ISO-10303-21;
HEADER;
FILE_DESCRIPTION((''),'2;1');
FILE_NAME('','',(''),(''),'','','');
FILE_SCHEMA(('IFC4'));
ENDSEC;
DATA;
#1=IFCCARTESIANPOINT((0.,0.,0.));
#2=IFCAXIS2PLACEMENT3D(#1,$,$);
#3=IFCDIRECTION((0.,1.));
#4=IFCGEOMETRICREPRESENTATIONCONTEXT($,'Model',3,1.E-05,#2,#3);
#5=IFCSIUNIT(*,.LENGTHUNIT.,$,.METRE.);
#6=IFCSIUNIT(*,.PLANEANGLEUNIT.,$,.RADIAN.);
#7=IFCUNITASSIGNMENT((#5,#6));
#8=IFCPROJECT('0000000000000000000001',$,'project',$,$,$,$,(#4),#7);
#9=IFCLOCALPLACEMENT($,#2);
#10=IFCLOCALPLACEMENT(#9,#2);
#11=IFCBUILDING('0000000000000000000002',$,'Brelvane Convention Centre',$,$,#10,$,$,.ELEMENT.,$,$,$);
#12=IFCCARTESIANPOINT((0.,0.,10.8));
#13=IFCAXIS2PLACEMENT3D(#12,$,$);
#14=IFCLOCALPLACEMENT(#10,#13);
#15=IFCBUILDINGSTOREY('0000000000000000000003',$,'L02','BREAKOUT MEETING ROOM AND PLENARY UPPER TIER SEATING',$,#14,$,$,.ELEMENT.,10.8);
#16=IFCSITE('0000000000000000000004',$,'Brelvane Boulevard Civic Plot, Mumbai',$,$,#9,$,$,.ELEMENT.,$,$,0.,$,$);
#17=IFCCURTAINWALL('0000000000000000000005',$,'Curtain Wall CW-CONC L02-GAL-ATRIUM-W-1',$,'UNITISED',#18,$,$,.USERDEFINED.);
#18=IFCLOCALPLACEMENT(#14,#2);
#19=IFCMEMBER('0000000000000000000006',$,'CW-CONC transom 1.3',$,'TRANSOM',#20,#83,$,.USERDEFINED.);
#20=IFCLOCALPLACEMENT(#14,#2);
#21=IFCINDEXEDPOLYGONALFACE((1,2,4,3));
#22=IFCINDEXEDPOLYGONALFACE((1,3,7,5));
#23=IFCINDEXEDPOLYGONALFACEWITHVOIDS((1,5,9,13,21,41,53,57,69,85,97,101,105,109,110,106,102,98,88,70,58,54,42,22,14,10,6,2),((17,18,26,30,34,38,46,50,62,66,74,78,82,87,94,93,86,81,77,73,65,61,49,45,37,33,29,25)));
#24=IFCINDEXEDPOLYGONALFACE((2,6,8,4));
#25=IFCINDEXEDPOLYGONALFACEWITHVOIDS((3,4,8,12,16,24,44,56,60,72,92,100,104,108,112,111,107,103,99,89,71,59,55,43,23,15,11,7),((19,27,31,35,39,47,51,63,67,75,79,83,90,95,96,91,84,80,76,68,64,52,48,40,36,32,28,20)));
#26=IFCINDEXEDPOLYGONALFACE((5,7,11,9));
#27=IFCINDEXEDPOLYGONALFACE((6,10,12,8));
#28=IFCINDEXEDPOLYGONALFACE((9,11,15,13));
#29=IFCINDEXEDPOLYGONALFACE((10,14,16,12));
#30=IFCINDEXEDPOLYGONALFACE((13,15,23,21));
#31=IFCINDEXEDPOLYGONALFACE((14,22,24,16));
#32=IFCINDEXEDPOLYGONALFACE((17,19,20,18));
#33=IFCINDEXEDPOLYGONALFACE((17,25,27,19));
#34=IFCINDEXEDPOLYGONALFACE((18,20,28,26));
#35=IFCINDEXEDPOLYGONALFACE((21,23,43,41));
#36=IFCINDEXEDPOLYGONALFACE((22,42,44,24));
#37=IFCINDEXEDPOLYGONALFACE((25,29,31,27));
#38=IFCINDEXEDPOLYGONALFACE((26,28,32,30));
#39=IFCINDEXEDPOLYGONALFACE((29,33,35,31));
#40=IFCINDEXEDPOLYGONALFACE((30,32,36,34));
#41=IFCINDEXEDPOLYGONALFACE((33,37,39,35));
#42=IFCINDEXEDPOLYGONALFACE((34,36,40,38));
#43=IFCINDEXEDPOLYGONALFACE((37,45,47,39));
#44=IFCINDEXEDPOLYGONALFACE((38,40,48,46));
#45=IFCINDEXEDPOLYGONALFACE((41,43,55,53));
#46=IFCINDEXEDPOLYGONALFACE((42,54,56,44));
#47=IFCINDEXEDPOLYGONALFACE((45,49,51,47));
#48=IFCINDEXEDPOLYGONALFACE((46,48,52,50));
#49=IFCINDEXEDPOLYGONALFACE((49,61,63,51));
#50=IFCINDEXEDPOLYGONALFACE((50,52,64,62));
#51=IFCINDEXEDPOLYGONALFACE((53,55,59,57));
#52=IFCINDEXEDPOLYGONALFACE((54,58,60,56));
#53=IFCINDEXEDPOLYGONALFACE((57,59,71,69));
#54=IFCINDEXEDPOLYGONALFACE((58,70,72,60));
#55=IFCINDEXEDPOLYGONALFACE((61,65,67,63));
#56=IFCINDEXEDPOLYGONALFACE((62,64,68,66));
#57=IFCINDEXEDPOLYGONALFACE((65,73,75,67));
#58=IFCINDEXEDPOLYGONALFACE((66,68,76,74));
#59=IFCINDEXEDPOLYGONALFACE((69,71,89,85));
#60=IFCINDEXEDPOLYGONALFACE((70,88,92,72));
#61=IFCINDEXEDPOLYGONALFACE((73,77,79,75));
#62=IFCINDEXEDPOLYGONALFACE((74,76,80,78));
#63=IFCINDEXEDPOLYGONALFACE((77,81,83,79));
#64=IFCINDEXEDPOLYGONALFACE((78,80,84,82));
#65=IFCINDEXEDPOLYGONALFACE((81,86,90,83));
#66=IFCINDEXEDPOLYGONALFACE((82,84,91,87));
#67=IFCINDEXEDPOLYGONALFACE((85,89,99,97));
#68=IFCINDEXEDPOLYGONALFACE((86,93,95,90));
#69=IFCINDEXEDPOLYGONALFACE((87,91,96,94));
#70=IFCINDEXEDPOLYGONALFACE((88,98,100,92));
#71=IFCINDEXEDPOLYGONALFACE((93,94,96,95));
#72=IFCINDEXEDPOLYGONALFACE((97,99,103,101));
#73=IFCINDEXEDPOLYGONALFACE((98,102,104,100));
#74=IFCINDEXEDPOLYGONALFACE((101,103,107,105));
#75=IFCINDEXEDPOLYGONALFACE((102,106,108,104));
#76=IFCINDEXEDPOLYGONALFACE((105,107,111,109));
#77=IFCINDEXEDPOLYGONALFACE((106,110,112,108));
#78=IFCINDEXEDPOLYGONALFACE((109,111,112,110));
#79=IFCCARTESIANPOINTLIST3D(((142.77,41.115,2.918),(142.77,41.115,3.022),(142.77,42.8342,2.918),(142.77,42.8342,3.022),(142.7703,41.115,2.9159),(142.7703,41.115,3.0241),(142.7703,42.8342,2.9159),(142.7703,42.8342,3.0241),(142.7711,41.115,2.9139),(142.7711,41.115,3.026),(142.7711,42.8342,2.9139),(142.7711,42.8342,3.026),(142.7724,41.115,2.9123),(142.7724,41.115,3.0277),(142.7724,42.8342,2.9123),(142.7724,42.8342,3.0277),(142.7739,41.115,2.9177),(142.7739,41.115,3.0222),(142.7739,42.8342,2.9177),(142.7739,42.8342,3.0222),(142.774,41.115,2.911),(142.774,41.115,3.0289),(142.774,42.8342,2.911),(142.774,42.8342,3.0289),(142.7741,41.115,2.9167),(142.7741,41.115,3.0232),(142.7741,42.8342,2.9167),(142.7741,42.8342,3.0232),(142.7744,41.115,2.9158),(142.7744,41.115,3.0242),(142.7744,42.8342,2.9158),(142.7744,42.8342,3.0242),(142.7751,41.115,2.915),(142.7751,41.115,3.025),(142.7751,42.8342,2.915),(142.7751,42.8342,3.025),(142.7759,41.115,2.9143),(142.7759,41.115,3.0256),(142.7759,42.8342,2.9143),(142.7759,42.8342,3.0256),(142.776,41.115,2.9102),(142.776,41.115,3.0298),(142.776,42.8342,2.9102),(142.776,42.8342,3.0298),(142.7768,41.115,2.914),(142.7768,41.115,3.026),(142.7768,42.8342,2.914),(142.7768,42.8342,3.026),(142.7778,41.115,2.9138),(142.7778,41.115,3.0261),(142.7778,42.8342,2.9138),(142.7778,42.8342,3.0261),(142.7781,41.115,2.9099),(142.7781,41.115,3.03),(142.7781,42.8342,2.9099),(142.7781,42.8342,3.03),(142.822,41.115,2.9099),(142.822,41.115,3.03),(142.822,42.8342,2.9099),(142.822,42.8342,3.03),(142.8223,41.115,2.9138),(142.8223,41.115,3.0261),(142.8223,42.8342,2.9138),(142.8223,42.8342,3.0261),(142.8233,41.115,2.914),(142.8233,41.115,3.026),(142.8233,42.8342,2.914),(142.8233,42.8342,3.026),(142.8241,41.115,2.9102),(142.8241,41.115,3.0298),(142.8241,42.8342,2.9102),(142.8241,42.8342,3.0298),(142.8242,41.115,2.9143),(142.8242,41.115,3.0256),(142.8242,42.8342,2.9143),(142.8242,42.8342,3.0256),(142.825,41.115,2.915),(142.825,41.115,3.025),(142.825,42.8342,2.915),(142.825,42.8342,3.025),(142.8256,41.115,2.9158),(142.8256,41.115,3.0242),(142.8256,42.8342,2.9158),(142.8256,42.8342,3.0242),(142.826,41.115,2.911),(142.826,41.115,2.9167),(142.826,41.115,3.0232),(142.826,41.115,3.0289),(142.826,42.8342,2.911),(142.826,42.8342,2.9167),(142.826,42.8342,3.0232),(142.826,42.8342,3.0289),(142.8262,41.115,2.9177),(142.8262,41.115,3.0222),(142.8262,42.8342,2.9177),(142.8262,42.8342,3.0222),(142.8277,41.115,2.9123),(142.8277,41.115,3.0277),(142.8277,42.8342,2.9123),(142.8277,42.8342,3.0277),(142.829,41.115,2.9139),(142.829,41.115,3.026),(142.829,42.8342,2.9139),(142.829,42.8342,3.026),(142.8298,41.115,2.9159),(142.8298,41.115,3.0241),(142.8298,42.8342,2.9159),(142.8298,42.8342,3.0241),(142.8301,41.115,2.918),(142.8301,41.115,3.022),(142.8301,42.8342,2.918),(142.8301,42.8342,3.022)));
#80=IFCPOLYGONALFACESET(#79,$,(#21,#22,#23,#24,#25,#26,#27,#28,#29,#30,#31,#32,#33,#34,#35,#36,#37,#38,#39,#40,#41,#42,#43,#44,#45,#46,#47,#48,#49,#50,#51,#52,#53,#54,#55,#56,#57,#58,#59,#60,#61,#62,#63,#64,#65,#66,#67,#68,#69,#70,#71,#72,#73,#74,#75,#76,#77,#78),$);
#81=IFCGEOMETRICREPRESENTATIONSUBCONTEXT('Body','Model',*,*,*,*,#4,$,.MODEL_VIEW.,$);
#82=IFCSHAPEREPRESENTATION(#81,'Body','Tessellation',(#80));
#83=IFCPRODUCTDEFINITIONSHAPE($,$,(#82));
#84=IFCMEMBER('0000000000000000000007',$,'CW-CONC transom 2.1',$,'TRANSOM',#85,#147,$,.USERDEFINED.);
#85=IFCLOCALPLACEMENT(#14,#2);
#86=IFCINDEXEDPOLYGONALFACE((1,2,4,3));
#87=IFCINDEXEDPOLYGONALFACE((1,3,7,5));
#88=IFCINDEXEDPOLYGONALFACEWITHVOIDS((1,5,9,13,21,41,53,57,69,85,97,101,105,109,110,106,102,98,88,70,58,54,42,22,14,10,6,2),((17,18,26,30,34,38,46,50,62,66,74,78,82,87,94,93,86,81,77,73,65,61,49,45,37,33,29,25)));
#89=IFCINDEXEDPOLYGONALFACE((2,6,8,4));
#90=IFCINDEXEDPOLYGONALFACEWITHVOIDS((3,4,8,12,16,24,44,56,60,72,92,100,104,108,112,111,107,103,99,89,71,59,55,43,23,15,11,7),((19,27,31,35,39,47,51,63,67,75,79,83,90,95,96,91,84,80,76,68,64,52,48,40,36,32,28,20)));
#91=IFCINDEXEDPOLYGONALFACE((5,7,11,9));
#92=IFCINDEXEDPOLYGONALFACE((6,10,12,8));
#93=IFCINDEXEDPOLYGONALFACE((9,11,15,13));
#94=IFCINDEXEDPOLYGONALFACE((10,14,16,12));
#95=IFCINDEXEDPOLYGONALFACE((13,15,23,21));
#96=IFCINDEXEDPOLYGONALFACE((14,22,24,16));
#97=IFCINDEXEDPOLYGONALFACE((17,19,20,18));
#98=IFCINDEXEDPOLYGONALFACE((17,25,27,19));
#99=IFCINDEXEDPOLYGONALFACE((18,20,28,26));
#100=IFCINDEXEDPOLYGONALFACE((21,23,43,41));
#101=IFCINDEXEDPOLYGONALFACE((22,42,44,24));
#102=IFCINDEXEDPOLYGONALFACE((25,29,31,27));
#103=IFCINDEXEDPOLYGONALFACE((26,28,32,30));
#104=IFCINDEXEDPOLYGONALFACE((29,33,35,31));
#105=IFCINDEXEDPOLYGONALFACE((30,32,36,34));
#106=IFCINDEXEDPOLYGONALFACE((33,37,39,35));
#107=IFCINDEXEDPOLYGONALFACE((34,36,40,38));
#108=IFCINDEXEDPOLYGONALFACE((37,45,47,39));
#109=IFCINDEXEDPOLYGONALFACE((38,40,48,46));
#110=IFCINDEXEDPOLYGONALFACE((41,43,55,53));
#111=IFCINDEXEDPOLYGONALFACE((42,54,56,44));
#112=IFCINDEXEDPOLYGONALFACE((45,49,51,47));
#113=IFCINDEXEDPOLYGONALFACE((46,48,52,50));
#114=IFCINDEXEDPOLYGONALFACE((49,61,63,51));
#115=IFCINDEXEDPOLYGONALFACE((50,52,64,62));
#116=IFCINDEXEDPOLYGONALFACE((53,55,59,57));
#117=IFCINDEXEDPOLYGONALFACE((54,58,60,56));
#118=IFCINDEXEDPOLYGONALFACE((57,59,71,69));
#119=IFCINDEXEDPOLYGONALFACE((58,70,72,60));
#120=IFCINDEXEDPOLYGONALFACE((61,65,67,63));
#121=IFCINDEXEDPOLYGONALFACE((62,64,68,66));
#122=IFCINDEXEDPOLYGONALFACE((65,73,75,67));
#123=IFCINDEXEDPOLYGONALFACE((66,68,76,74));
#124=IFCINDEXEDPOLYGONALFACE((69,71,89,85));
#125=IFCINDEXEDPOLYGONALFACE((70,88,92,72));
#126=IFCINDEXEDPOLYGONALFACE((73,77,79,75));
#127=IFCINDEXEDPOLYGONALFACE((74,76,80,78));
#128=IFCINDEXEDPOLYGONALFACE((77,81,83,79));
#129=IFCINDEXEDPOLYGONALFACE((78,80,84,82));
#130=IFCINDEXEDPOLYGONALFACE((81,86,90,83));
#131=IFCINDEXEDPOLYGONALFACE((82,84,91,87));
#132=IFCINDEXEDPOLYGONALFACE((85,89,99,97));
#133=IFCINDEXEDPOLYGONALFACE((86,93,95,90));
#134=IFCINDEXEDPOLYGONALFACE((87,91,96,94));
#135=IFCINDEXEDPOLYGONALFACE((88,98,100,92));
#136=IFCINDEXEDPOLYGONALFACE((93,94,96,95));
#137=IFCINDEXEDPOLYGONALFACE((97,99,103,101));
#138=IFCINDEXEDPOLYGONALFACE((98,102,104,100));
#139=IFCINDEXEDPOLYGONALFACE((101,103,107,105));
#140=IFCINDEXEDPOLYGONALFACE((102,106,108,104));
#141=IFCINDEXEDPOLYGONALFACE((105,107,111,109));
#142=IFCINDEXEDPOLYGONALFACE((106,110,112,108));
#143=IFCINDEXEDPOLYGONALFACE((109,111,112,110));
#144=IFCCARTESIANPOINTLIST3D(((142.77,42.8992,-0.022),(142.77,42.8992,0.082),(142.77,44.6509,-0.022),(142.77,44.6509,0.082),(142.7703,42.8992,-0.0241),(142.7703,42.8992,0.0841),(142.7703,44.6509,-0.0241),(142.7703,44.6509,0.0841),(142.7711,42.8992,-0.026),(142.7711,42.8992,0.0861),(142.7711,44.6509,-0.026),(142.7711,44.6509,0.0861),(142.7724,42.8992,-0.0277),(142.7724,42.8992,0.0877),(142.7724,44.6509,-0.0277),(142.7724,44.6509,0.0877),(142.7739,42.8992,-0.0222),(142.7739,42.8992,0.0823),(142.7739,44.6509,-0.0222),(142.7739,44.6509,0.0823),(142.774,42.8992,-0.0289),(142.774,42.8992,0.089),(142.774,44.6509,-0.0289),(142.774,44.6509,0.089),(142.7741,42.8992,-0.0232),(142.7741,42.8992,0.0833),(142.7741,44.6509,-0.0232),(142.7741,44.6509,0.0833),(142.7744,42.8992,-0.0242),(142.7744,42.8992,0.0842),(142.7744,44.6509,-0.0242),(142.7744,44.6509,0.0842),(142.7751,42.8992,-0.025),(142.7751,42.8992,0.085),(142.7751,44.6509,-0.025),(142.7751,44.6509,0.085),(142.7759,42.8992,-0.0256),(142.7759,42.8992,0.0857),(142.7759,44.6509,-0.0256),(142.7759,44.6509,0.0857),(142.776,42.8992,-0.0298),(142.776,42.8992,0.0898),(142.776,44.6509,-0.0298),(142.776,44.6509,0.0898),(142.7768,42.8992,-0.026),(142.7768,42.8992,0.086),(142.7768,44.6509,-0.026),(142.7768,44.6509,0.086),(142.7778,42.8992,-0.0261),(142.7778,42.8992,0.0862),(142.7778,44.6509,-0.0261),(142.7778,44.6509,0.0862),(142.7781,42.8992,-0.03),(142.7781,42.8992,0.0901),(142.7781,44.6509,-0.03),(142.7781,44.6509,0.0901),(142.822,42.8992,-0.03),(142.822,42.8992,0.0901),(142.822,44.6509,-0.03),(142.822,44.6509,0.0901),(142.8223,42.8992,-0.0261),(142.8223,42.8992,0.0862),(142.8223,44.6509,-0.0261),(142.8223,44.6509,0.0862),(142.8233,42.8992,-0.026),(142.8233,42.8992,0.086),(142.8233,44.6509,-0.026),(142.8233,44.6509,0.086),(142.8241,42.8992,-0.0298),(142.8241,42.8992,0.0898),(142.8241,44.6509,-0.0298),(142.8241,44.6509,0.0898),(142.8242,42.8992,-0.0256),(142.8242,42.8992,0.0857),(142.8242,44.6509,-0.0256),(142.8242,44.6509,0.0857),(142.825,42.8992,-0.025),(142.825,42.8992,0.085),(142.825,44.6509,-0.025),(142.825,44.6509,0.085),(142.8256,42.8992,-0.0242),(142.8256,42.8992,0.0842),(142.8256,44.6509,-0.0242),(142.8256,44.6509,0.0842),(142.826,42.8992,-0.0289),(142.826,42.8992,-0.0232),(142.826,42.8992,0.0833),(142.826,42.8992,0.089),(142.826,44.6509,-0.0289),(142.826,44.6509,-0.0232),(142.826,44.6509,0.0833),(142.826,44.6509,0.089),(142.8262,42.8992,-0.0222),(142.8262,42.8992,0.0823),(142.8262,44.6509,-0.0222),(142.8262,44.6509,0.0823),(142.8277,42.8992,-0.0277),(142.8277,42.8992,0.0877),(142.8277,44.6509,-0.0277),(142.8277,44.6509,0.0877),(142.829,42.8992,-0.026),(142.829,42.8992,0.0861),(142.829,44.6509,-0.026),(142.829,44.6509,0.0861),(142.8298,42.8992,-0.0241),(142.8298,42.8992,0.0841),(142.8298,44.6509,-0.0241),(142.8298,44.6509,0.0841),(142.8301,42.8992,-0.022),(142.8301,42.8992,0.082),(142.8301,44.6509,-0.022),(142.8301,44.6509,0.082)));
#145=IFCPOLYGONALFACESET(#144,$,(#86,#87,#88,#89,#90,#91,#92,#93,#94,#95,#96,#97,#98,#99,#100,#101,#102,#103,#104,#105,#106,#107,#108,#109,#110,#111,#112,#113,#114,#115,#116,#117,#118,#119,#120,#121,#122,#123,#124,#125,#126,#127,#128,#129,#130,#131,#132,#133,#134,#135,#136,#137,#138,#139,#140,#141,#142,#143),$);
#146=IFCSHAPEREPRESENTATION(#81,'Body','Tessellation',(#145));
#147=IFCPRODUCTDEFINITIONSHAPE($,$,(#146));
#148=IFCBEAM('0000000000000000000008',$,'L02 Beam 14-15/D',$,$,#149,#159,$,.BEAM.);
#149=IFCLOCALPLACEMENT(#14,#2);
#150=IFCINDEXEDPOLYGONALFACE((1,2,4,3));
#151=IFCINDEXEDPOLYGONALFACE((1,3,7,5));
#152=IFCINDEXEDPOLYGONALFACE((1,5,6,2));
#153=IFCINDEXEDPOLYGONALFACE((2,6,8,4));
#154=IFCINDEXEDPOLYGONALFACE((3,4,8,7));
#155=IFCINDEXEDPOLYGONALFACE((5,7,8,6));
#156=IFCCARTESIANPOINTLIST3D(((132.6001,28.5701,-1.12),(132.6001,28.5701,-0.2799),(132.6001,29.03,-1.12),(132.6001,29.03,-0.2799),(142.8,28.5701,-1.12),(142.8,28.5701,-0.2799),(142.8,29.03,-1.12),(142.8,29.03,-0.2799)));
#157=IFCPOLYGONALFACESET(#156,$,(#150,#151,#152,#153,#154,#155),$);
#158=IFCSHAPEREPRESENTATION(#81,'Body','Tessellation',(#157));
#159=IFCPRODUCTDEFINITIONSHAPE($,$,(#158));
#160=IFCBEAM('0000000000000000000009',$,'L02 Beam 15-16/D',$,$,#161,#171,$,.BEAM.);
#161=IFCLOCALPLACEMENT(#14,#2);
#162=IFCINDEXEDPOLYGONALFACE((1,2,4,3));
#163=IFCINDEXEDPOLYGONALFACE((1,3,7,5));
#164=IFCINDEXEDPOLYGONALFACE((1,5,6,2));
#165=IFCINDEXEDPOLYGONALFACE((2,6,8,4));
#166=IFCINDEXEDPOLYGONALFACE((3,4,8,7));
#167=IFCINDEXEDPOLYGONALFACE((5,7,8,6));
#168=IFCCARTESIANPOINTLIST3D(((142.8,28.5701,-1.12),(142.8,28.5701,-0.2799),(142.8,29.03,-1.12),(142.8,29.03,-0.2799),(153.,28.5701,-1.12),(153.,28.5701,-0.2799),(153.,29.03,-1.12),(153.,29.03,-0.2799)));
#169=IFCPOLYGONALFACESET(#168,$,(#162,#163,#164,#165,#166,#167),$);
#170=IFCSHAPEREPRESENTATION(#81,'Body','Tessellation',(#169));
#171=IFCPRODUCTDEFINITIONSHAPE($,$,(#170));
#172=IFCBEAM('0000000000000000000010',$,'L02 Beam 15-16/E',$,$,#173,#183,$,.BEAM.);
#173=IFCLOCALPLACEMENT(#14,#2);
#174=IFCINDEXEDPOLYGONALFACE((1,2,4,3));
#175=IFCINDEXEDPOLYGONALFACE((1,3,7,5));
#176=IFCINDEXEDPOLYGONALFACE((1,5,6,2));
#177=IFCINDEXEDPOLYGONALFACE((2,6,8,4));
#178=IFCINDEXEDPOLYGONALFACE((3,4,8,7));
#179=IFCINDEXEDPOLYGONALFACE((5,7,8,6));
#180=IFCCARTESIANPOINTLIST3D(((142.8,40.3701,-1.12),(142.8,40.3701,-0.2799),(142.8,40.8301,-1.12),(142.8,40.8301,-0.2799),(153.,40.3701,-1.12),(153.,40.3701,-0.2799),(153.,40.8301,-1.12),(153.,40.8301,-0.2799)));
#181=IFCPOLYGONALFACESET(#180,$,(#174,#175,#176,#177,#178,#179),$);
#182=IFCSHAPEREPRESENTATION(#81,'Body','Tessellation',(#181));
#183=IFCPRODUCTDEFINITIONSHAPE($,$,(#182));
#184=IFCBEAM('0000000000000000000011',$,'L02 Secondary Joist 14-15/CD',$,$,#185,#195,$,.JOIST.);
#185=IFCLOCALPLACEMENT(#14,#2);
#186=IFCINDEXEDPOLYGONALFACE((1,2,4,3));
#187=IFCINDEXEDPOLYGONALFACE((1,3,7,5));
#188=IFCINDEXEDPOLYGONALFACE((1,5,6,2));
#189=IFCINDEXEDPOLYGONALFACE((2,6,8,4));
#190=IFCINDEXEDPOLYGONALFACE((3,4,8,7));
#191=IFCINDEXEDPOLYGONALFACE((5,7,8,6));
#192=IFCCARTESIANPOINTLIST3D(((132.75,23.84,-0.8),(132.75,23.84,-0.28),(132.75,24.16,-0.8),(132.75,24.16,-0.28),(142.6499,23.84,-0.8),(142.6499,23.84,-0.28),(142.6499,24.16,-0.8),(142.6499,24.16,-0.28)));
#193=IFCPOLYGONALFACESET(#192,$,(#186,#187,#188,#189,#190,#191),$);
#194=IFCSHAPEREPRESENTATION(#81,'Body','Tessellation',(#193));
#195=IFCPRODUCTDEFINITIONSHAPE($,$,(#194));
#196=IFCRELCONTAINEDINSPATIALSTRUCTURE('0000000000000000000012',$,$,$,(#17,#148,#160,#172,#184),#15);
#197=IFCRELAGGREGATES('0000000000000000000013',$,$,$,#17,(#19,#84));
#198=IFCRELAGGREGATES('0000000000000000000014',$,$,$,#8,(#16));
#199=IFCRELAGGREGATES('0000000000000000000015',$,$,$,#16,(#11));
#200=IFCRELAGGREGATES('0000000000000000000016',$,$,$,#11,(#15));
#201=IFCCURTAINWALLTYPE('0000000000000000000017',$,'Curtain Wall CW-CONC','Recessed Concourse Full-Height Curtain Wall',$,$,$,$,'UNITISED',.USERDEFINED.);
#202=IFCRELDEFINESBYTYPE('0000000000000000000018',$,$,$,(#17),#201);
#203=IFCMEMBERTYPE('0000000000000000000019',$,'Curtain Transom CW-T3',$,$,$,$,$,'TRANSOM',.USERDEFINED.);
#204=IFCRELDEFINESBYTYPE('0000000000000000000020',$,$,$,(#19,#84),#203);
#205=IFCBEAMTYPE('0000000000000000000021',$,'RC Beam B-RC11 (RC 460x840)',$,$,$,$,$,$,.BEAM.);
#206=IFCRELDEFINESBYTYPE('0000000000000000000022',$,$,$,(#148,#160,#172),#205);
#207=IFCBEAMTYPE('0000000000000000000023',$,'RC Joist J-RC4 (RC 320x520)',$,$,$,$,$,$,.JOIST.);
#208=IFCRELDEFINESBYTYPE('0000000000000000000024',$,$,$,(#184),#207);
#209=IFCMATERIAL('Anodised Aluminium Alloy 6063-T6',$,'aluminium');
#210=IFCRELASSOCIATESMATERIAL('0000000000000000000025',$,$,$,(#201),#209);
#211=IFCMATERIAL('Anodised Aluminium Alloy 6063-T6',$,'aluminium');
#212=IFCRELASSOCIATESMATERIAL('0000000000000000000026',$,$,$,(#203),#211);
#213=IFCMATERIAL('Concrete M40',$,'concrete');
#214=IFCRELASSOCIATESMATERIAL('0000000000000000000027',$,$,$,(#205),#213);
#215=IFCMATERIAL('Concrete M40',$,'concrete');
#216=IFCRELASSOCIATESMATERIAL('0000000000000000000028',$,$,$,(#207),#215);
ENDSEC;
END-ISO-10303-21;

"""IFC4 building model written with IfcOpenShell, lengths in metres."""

from ifc_helpers import new_model, si_unit, direction, frame, origin, origin_2d, place, context, subcontext, project, spatial, rectangle, hollow_rectangle, extrude, material, material_profile, profile_set, type_object, element, aggregate, save


model = new_model("IFC4")

# Units and contexts
model_context = context("Model", 3, precision=1e-05, world=origin(), true_north=direction((0.0, 1.0)))
body_context = subcontext(model_context, "Body", "Model", "MODEL_VIEW")
ifc_project = project(units=[si_unit("LENGTHUNIT", "METRE"), si_unit("PLANEANGLEUNIT", "RADIAN")], contexts=[model_context])

# Site, building, storey
site_placement = place(None, origin())
site = spatial("IfcSite", under=ifc_project, at=site_placement, Name="Brelvane Boulevard Civic Plot, Mumbai", CompositionType="ELEMENT", RefElevation=0.0)
building_placement = place(site_placement, origin())
building = spatial("IfcBuilding", under=site, at=building_placement, Name="Brelvane Convention Centre", CompositionType="ELEMENT")
storey_placement = place(building_placement, frame((0.0, 0.0, 10.8)))
storey = spatial("IfcBuildingStorey", under=building, at=storey_placement, Name="L02", Description="BREAKOUT MEETING ROOM AND PLENARY UPPER TIER SEATING", CompositionType="ELEMENT", Elevation=10.8)

# Curtain wall, members
ifc_material_1 = material(Name="Anodised Aluminium Alloy 6063-T6", Category="aluminium")
curtain_wall_type_1 = type_object("IfcCurtainWallType", Name="Curtain Wall CW-CONC", Description="Recessed Concourse Full-Height Curtain Wall", ElementType="UNITISED", PredefinedType="USERDEFINED", material=ifc_material_1)
curtain_wall_1_placement = place(storey_placement, origin())
curtain_wall_1 = element("IfcCurtainWall", 1, at=curtain_wall_1_placement, inside=storey, type_object=curtain_wall_type_1, Name="Curtain Wall CW-CONC L02-GAL-ATRIUM-W-1", ObjectType="UNITISED", PredefinedType="USERDEFINED")
ifc_material_2 = material(Name="Anodised Aluminium Alloy 6063-T6", Category="aluminium")
ifc_material_profile_1 = material_profile(ifc_material_2, hollow_rectangle(XDim=0.0601, YDim=0.1201, WallThickness=0.0039, InnerFilletRadius=0.0039, OuterFilletRadius=0.0081, at=origin_2d()), Name="ALU-T 120x60x4.0")
ifc_profile_set_1 = profile_set([ifc_material_profile_1], Name="Anodised Aluminium Alloy 6063-T6")
member_type_1 = type_object("IfcMemberType", Name="Curtain Transom CW-T3", ElementType="TRANSOM", PredefinedType="USERDEFINED", material=ifc_profile_set_1)
member_1_placement = place(storey_placement, frame((142.8, 41.115, 2.97), z_axis=(0.0, 1.0, 0.0), x_axis=(-1.0, 0.0, 0.0)))
member_1 = element("IfcMember", 2, at=member_1_placement, type_object=member_type_1, Name="CW-CONC transom 1.3", ObjectType="TRANSOM", PredefinedType="USERDEFINED", context=body_context, shape_type="SweptSolid", body=[
    extrude(hollow_rectangle(XDim=0.0601, YDim=0.1201, WallThickness=0.0039, InnerFilletRadius=0.0039, OuterFilletRadius=0.0081, at=origin_2d()), origin(), (0.0, 0.0, 1.0), 1.7192),
])
member_2_placement = place(storey_placement, frame((142.8, 42.8992, 0.03), z_axis=(0.0, 1.0, 0.0), x_axis=(-1.0, 0.0, 0.0)))
member_2 = element("IfcMember", 3, at=member_2_placement, type_object=member_type_1, Name="CW-CONC transom 2.1", ObjectType="TRANSOM", PredefinedType="USERDEFINED", context=body_context, shape_type="SweptSolid", body=[
    extrude(hollow_rectangle(XDim=0.0601, YDim=0.1201, WallThickness=0.0039, InnerFilletRadius=0.0039, OuterFilletRadius=0.0081, at=origin_2d()), origin(), (0.0, 0.0, 1.0), 1.7517),
])

# Beams
ifc_material_3 = material(Name="Concrete M40", Category="concrete")
ifc_material_profile_2 = material_profile(ifc_material_3, rectangle(XDim=0.46, YDim=0.8401, at=origin_2d()), Name="RC 460x840")
ifc_profile_set_2 = profile_set([ifc_material_profile_2], Name="Concrete M40")
beam_type_1 = type_object("IfcBeamType", Name="RC Beam B-RC11 (RC 460x840)", PredefinedType="BEAM", material=ifc_profile_set_2)
for number, where, z_axis, x_axis, name in (
    (4, (132.6001, 28.8, -0.7), (1.0, 0.0, 0.0), (0.0, 1.0, 0.0), "L02 Beam 14-15/D"),
    (5, (142.8, 28.8, -0.7), (1.0, 0.0, 0.0), (0.0, 1.0, 0.0), "L02 Beam 15-16/D"),
    (6, (142.8, 40.6001, -0.7), (1.0, 0.0, 0.0), (0.0, 1.0, 0.0), "L02 Beam 15-16/E"),
):
    element("IfcBeam", number, at=place(storey_placement, frame(where, z_axis=z_axis, x_axis=x_axis)), inside=storey, type_object=beam_type_1, Name=name, PredefinedType="BEAM", context=body_context, shape_type="SweptSolid", body=[
        extrude(rectangle(XDim=0.46, YDim=0.8401, at=origin_2d()), origin(), (0.0, 0.0, 1.0), 10.2),
    ])
ifc_material_4 = material(Name="Concrete M40", Category="concrete")
ifc_material_profile_3 = material_profile(ifc_material_4, rectangle(XDim=0.3201, YDim=0.52, at=origin_2d()), Name="RC 320x520")
ifc_profile_set_3 = profile_set([ifc_material_profile_3], Name="Concrete M40")
beam_type_2 = type_object("IfcBeamType", Name="RC Joist J-RC4 (RC 320x520)", PredefinedType="JOIST", material=ifc_profile_set_3)
beam_1_placement = place(storey_placement, frame((132.75, 24.0, -0.54), z_axis=(1.0, 0.0, 0.0), x_axis=(0.0, 1.0, 0.0)))
element("IfcBeam", 7, at=beam_1_placement, inside=storey, type_object=beam_type_2, Name="L02 Secondary Joist 14-15/CD", PredefinedType="JOIST", context=body_context, shape_type="SweptSolid", body=[
    extrude(rectangle(XDim=0.3201, YDim=0.52, at=origin_2d()), origin(), (0.0, 0.0, 1.0), 9.8999),
])

aggregate(curtain_wall_1, [member_1, member_2])

save(model, "model.ifc")
